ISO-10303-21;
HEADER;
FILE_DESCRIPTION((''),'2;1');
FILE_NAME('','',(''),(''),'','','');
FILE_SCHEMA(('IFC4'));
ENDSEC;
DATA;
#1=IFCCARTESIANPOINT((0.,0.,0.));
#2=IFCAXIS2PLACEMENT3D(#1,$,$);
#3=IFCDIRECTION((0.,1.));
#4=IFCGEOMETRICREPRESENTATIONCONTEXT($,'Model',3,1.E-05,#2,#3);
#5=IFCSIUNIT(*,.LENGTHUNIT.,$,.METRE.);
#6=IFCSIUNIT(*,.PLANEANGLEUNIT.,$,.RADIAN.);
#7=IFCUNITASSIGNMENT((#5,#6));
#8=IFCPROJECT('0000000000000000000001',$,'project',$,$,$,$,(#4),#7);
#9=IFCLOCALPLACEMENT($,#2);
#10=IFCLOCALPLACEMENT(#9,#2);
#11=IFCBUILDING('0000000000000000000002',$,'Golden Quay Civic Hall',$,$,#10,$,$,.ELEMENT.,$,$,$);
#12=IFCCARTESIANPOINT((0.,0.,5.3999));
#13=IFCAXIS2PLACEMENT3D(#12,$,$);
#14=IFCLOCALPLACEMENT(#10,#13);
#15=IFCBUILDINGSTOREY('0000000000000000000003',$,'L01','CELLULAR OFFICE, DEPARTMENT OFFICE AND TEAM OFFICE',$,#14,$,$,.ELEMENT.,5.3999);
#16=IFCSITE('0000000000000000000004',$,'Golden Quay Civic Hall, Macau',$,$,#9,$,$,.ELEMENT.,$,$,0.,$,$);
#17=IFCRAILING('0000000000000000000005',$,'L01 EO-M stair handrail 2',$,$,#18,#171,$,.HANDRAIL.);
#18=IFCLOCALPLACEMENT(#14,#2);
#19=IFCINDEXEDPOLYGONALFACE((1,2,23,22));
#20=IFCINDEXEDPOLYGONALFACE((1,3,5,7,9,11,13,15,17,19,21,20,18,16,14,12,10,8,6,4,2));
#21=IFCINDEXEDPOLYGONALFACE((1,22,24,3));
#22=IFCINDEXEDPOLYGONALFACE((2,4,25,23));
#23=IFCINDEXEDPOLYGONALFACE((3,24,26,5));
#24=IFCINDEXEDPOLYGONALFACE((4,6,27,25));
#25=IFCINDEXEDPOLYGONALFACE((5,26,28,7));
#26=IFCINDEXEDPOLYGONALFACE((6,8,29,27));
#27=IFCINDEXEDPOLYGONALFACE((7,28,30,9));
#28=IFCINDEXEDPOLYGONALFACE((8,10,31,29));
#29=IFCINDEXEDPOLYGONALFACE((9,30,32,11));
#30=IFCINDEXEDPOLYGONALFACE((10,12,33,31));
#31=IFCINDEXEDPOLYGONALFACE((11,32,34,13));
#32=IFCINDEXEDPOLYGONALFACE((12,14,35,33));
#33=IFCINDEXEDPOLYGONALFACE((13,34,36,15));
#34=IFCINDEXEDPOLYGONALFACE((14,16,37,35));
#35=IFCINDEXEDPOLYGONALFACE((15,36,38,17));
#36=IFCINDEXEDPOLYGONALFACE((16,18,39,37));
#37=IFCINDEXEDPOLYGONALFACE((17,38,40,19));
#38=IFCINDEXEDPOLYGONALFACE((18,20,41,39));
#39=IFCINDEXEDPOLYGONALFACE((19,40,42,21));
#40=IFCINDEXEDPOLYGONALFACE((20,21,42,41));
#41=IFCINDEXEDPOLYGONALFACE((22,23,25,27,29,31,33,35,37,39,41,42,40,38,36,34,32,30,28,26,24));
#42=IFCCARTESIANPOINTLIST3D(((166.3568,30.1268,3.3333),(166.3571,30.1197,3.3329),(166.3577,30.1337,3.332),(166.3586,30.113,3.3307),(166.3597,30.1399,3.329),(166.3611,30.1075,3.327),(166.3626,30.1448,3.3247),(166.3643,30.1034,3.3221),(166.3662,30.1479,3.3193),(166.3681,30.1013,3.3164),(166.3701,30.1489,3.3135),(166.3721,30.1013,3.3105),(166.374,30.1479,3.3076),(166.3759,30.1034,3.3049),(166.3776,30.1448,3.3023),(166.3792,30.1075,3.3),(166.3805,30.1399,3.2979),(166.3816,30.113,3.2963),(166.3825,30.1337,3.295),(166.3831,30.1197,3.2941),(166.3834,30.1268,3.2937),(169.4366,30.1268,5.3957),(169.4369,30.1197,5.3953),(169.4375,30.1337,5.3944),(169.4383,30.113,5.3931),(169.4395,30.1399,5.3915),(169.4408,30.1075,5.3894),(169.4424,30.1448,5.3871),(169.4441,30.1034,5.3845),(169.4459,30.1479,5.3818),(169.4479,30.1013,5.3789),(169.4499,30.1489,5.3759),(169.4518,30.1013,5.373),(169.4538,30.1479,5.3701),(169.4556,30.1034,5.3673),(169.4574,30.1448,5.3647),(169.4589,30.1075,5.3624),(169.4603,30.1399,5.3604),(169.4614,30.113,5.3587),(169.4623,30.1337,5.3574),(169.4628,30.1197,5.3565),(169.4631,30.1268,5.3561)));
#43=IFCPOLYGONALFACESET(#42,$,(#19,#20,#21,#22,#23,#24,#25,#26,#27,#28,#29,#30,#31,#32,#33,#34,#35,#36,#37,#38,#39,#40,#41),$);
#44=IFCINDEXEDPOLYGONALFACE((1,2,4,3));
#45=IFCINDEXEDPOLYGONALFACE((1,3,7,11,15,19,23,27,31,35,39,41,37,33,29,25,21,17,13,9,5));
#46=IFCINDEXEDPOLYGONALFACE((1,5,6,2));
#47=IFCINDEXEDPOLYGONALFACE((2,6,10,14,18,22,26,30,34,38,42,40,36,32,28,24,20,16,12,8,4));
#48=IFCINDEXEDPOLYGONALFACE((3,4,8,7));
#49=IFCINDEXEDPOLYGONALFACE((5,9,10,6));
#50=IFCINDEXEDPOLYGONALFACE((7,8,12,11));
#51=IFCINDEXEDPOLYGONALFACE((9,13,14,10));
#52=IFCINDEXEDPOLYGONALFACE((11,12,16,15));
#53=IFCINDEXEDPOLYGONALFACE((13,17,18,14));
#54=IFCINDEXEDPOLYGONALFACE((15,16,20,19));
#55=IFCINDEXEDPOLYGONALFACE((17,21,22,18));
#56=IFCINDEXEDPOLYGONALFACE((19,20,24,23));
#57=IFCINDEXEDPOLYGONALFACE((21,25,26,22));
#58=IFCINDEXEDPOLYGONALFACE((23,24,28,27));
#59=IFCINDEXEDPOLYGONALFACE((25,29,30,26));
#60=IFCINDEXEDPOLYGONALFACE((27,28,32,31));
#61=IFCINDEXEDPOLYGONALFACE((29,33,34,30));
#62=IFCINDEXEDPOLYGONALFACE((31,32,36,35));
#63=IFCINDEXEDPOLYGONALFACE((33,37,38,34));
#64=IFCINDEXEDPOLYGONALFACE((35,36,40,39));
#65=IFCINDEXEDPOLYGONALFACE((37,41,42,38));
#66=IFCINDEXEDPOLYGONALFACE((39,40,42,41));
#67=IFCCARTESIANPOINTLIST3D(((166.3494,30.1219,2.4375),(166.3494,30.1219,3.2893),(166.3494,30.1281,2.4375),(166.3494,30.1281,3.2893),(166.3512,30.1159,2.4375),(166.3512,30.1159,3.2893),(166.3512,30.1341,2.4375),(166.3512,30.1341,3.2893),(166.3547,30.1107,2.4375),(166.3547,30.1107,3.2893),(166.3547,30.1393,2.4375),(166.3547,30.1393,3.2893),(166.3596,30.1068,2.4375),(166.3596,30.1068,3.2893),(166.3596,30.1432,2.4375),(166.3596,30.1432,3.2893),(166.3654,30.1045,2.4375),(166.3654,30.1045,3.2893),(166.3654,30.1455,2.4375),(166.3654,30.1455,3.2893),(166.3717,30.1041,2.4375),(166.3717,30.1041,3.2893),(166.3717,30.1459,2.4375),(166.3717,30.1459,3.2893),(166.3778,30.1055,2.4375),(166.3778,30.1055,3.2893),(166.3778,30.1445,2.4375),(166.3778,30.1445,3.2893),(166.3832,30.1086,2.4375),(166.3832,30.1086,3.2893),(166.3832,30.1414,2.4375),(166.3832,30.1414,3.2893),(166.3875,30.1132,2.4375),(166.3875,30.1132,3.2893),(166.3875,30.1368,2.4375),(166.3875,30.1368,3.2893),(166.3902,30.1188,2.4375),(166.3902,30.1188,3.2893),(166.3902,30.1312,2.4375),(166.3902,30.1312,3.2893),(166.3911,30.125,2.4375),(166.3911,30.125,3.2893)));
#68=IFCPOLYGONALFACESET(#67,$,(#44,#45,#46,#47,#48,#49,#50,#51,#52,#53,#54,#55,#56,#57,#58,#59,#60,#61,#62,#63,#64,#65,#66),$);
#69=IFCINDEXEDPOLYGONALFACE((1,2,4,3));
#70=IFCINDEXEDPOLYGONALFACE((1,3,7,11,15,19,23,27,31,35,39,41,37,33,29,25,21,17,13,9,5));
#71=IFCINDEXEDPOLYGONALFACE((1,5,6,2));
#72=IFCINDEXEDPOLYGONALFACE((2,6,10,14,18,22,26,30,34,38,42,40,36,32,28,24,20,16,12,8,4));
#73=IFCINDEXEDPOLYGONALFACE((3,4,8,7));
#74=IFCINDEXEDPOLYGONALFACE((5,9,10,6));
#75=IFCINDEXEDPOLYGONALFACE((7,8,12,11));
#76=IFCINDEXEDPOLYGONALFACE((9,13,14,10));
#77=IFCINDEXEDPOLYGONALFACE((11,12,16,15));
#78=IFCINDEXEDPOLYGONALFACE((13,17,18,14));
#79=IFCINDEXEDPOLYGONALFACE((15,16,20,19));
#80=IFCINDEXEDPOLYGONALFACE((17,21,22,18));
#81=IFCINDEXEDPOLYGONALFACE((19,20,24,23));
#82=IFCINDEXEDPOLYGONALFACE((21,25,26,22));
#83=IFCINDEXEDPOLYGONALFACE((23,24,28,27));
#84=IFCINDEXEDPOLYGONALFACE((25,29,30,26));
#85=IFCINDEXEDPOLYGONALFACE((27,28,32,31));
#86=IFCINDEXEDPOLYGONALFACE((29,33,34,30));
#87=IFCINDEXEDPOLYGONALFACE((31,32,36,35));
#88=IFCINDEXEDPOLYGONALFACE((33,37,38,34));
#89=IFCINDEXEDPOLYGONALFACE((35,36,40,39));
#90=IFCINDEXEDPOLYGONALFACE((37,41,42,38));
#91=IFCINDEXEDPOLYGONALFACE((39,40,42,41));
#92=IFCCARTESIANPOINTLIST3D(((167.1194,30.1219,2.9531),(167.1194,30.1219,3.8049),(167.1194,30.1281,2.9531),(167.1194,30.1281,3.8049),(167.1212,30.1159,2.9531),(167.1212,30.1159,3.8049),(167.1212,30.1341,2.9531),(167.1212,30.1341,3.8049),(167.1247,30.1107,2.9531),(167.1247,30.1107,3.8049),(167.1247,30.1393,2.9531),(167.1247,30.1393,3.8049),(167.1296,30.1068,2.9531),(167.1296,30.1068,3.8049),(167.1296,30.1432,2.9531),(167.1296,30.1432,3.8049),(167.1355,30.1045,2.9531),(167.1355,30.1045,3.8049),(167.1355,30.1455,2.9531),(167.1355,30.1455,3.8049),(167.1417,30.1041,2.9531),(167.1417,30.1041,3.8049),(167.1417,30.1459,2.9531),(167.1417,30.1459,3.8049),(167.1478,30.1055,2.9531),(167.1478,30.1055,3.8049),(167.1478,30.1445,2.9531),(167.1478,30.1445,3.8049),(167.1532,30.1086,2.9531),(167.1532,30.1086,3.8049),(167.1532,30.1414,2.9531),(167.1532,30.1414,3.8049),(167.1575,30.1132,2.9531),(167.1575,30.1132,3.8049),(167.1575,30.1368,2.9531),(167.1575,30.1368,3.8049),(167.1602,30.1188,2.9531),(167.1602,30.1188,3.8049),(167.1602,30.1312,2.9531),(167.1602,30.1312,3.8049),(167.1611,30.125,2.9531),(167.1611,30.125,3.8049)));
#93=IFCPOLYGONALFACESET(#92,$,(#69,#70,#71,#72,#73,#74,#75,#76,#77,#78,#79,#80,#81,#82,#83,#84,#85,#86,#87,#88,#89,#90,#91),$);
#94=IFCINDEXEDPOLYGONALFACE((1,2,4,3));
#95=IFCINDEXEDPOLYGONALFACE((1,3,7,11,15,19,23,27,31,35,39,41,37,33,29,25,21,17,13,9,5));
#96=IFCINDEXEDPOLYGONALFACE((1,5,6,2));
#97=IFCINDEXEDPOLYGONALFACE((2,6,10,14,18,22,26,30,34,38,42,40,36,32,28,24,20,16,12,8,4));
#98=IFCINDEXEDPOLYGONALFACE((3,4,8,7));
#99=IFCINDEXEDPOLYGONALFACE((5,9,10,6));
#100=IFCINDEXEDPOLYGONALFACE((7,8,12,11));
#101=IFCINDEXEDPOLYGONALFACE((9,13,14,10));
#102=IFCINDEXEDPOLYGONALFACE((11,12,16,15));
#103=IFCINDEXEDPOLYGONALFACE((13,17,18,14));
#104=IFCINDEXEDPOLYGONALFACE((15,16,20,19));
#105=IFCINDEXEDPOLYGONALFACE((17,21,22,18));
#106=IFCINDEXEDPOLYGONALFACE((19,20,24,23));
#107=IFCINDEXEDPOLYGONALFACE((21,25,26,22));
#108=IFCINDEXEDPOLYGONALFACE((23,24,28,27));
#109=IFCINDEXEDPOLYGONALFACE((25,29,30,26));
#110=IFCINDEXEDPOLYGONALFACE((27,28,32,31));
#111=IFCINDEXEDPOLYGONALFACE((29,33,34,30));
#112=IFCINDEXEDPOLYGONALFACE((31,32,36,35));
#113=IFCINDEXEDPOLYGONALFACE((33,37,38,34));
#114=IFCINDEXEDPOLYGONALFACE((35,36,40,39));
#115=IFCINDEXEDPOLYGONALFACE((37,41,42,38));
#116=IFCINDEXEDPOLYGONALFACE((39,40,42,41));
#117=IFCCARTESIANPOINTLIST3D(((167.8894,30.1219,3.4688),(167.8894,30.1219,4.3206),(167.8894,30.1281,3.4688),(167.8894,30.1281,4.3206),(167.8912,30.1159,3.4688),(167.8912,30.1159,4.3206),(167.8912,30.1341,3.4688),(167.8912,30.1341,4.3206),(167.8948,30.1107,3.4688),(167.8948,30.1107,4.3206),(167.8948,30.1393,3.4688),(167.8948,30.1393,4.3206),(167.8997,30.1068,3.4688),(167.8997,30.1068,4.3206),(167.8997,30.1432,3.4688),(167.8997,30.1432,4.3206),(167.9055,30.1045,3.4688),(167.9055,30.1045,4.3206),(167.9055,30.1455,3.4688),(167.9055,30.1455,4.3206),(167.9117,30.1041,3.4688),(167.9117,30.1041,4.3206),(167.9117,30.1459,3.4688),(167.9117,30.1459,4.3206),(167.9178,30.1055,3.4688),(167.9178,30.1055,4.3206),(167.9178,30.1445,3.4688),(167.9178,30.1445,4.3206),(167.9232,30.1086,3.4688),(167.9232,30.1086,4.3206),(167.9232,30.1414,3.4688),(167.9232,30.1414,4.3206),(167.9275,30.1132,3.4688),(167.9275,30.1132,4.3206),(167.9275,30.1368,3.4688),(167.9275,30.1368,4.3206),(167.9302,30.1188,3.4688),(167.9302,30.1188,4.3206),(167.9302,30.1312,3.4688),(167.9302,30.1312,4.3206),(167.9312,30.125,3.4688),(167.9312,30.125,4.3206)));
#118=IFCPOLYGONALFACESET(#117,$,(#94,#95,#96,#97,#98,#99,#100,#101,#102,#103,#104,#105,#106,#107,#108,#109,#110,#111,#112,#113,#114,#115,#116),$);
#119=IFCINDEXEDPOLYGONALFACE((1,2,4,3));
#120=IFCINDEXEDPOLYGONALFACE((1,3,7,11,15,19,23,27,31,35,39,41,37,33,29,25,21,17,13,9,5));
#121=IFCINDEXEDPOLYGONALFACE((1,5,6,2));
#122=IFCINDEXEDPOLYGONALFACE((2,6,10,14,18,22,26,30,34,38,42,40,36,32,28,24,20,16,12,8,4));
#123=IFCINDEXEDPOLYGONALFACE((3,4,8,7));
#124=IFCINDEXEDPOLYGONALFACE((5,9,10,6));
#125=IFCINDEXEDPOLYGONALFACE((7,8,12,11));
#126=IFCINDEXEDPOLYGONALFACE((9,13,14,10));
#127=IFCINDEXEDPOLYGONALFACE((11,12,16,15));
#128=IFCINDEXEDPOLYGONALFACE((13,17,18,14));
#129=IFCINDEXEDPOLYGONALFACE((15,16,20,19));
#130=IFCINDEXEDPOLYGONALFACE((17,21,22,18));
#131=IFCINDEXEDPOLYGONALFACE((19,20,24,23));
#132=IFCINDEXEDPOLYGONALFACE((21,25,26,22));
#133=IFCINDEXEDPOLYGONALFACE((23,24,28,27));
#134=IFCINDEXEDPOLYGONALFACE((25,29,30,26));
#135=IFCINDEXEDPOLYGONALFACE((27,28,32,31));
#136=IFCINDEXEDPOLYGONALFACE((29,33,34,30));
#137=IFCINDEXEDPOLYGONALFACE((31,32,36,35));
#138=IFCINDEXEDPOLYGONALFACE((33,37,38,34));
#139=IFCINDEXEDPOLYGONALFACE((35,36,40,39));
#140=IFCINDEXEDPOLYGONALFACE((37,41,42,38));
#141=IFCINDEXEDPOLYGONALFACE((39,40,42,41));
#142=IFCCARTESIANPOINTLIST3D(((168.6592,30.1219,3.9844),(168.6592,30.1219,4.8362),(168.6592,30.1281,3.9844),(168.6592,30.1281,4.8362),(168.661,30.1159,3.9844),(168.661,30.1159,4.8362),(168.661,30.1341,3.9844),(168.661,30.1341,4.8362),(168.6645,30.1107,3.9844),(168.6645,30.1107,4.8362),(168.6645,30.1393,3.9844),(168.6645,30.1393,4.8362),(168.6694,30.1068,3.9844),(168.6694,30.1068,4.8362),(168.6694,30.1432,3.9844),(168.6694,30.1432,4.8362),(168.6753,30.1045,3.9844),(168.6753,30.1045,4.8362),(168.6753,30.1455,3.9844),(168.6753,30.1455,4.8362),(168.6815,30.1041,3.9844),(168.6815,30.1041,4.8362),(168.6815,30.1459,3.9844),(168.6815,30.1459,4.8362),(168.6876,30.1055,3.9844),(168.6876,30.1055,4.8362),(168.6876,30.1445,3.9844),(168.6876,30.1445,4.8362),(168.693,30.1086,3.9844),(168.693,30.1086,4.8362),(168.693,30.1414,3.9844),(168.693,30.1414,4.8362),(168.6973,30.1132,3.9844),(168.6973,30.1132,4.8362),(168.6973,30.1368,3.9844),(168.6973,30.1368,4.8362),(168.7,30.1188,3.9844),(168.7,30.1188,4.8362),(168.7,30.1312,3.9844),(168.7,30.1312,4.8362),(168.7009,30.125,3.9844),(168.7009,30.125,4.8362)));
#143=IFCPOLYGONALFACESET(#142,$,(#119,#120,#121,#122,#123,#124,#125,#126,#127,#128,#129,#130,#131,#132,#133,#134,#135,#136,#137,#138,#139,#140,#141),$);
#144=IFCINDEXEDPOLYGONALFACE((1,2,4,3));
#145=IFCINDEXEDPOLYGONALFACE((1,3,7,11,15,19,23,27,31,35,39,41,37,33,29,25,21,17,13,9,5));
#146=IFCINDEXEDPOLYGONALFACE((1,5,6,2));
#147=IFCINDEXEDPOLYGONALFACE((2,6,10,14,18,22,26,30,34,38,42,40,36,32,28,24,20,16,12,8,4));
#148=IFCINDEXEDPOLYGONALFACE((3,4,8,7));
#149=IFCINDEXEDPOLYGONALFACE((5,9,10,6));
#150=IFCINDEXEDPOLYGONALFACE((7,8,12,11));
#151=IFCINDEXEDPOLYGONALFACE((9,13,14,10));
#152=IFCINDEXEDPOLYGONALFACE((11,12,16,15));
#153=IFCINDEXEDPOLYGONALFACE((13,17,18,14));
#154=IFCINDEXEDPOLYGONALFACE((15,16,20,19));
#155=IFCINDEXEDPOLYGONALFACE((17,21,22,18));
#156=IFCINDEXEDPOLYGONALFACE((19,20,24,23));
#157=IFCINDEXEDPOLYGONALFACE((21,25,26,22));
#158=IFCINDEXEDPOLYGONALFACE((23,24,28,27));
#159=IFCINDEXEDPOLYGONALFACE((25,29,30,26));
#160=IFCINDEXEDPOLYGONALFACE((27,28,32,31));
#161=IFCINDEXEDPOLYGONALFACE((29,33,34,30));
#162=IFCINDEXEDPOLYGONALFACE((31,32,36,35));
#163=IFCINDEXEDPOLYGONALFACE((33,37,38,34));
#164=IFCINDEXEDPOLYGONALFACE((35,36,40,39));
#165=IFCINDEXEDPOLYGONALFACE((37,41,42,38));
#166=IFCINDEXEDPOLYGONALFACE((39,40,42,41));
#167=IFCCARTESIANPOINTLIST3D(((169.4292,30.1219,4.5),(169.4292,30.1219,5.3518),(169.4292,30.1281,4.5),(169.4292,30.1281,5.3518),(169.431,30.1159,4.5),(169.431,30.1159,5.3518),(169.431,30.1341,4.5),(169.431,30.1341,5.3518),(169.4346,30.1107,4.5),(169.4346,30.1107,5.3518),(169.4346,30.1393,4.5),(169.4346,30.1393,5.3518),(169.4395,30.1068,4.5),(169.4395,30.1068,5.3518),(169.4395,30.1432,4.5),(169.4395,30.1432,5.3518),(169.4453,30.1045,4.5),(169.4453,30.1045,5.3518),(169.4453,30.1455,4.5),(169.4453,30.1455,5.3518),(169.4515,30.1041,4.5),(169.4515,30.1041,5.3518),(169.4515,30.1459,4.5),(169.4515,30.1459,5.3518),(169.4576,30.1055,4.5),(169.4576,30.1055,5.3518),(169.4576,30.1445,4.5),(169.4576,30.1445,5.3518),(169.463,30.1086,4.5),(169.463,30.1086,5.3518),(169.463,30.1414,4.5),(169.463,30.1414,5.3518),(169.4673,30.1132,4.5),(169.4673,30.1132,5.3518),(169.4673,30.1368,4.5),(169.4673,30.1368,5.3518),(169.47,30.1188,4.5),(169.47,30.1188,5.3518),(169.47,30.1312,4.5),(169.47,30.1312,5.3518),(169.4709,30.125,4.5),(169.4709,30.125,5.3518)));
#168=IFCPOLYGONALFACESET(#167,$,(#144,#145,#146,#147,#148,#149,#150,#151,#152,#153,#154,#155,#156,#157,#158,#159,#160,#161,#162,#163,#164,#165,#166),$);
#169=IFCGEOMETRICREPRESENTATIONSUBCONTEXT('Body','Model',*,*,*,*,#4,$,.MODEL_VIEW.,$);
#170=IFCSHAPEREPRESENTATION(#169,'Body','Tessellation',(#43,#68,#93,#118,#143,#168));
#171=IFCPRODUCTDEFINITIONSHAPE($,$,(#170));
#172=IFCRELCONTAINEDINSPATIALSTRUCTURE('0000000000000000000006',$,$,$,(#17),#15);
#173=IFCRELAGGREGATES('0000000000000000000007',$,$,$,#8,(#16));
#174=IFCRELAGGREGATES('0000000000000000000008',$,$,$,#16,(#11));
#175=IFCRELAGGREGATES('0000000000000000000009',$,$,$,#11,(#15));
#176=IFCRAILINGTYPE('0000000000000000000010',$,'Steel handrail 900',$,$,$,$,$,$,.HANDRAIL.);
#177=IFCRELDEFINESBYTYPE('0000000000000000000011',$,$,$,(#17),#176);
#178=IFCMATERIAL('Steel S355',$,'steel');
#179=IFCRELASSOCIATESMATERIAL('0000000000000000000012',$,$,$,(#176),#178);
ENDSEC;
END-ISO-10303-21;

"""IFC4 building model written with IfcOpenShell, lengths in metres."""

from ifc_helpers import new_model, si_unit, direction, frame, origin, origin_2d, place, context, subcontext, project, spatial, circle, extrude, material, type_object, element, save


model = new_model("IFC4")

# Units and contexts
model_context = context("Model", 3, precision=1e-05, world=origin(), true_north=direction((0.0, 1.0)))
body_context = subcontext(model_context, "Body", "Model", "MODEL_VIEW")
ifc_project = project(units=[si_unit("LENGTHUNIT", "METRE"), si_unit("PLANEANGLEUNIT", "RADIAN")], contexts=[model_context])

# Site, building, storey
site_placement = place(None, origin())
site = spatial("IfcSite", under=ifc_project, at=site_placement, Name="Golden Quay Civic Hall, Macau", CompositionType="ELEMENT", RefElevation=0.0)
building_placement = place(site_placement, origin())
building = spatial("IfcBuilding", under=site, at=building_placement, Name="Golden Quay Civic Hall", CompositionType="ELEMENT")
storey_placement = place(building_placement, frame((0.0, 0.0, 5.3999)))
storey = spatial("IfcBuildingStorey", under=building, at=storey_placement, Name="L01", Description="CELLULAR OFFICE, DEPARTMENT OFFICE AND TEAM OFFICE", CompositionType="ELEMENT", Elevation=5.3999)

# Railing
ifc_material_1 = material(Name="Steel S355", Category="steel")
railing_type_1 = type_object("IfcRailingType", Name="Steel handrail 900", PredefinedType="HANDRAIL", material=ifc_material_1)
railing_1_placement = place(storey_placement, frame((166.3701, 30.125, 2.4375)))
element("IfcRailing", 1, at=railing_1_placement, inside=storey, type_object=railing_type_1, Name="L01 EO-M stair handrail 2", PredefinedType="HANDRAIL", context=body_context, shape_type="SweptSolid", body=[
    extrude(circle(Radius=0.0239, at=origin_2d()), frame((0.0, 0.0, 0.876), z_axis=(0.830893, 0.0, 0.556432), x_axis=(0.0, 1.0, 0.0)), (0.0, 0.0, 1.0), 3.7065),
    extrude(circle(Radius=0.021, at=origin_2d()), origin(), (0.0, 0.0, 1.0), 0.8518),
    extrude(circle(Radius=0.021, at=origin_2d()), frame((0.77, 0.0, 0.5156)), (0.0, 0.0, 1.0), 0.8518),
    extrude(circle(Radius=0.021, at=origin_2d()), frame((1.54, 0.0, 1.0312)), (0.0, 0.0, 1.0), 0.8518),
    extrude(circle(Radius=0.021, at=origin_2d()), frame((2.3098, 0.0, 1.5469)), (0.0, 0.0, 1.0), 0.8518),
    extrude(circle(Radius=0.021, at=origin_2d()), frame((3.0798, 0.0, 2.0625)), (0.0, 0.0, 1.0), 0.8518),
])

save(model, "model.ifc")
